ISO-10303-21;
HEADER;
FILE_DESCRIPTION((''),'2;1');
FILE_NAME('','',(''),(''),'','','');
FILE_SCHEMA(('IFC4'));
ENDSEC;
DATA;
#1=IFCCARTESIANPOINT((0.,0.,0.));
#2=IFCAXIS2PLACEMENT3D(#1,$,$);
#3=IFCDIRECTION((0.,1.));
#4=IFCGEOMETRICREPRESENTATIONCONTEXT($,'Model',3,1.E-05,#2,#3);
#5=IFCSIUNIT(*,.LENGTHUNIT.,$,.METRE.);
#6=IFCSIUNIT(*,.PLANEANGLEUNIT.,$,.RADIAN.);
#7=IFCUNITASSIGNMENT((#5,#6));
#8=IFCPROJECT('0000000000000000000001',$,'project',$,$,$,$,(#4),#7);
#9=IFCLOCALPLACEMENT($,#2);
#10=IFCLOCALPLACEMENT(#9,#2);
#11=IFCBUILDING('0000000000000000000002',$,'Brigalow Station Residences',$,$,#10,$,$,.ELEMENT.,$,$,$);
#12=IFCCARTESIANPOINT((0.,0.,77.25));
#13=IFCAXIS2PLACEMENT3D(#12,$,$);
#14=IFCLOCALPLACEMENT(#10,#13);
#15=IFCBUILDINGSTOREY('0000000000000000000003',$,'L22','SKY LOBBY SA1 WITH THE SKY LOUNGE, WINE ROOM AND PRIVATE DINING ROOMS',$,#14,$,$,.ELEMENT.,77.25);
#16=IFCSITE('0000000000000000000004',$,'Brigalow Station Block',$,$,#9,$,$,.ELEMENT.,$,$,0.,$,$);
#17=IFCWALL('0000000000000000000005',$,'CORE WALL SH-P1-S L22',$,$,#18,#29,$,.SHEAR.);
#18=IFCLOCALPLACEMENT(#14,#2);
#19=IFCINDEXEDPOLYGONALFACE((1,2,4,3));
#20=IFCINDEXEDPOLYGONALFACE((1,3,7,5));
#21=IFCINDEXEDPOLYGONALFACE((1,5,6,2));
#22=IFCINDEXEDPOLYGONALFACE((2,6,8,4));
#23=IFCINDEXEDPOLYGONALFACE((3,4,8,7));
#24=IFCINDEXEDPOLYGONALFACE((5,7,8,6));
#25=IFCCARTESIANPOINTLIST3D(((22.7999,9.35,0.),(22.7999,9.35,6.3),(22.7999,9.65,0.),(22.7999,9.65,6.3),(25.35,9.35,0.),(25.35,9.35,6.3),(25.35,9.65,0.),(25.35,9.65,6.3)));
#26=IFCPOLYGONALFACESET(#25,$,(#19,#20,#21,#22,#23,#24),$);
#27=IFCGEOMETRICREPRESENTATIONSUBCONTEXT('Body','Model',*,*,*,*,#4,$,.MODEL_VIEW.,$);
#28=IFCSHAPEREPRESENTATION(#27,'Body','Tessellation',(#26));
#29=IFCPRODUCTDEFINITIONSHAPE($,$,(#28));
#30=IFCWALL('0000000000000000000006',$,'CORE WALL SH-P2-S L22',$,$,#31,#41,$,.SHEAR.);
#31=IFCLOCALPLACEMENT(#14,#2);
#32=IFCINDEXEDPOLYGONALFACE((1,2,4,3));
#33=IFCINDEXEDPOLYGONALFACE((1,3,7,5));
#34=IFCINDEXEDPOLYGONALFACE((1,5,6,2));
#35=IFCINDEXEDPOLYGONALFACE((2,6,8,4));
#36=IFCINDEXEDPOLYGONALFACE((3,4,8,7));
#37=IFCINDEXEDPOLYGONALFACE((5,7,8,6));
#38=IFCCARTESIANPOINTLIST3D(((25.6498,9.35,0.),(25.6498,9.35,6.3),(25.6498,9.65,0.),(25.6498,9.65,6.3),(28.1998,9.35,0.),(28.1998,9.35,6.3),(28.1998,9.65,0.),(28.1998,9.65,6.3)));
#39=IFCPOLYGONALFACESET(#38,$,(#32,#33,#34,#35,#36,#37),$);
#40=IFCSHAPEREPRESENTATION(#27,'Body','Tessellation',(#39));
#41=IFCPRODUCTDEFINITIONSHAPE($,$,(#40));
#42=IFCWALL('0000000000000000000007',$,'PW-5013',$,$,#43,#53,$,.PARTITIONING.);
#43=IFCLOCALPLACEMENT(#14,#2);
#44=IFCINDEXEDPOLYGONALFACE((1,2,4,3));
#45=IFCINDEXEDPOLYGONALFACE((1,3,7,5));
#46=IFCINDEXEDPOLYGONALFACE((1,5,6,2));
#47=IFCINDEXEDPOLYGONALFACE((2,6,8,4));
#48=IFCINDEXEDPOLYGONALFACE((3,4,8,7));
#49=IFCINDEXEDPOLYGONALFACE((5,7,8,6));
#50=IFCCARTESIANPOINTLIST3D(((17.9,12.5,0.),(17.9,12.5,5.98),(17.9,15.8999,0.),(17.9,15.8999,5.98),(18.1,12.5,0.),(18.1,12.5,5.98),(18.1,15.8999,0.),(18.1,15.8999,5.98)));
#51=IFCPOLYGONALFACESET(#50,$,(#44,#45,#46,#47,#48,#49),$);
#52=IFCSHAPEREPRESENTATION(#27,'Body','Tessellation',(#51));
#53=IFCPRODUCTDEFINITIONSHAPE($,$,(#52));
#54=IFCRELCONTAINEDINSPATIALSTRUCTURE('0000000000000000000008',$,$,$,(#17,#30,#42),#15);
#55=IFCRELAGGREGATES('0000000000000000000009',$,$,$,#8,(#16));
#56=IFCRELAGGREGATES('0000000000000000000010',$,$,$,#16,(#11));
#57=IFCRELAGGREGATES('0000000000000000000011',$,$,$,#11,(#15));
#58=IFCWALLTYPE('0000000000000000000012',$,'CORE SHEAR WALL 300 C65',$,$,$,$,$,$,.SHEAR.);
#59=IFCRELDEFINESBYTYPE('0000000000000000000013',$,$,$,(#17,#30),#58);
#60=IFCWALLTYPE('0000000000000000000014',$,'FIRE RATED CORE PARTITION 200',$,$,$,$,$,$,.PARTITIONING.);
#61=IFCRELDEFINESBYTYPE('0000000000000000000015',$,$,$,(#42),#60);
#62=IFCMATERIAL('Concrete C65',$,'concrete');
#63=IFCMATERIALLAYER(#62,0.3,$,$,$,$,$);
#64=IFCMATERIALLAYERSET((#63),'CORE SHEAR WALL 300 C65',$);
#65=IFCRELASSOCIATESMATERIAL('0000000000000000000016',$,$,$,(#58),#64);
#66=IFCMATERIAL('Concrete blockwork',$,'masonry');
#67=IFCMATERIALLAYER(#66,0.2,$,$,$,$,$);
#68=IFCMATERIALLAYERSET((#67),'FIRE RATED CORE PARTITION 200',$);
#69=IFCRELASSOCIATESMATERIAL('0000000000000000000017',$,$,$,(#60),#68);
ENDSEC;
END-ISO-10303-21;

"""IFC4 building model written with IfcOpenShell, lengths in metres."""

from ifc_helpers import new_model, si_unit, direction, frame, frame_2d, origin, place, context, subcontext, project, spatial, rectangle, extrude, material, layer, layer_set, type_object, element, save


model = new_model("IFC4")

# Units and contexts
model_context = context("Model", 3, precision=1e-05, world=origin(), true_north=direction((0.0, 1.0)))
body_context = subcontext(model_context, "Body", "Model", "MODEL_VIEW")
ifc_project = project(units=[si_unit("LENGTHUNIT", "METRE"), si_unit("PLANEANGLEUNIT", "RADIAN")], contexts=[model_context])

# Site, building, storey
site_placement = place(None, origin())
site = spatial("IfcSite", under=ifc_project, at=site_placement, Name="Brigalow Station Block", CompositionType="ELEMENT", RefElevation=0.0)
building_placement = place(site_placement, origin())
building = spatial("IfcBuilding", under=site, at=building_placement, Name="Brigalow Station Residences", CompositionType="ELEMENT")
storey_placement = place(building_placement, frame((0.0, 0.0, 77.25)))
storey = spatial("IfcBuildingStorey", under=building, at=storey_placement, Name="L22", Description="SKY LOBBY SA1 WITH THE SKY LOUNGE, WINE ROOM AND PRIVATE DINING ROOMS", CompositionType="ELEMENT", Elevation=77.25)

# Walls
ifc_material_1 = material(Name="Concrete C65", Category="concrete")
ifc_layer_1 = layer(ifc_material_1, 0.3)
ifc_layer_set_1 = layer_set([ifc_layer_1], Name="CORE SHEAR WALL 300 C65")
wall_type_1 = type_object("IfcWallType", Name="CORE SHEAR WALL 300 C65", PredefinedType="SHEAR", material=ifc_layer_set_1)
for number, where, z_axis, x_axis, name in (
    (1, (22.8, 9.5, 0.0), (0.0, 0.0, 1.0), (1.0, 0.0, 0.0), "CORE WALL SH-P1-S L22"),
    (2, (25.6499, 9.5, 0.0), (0.0, 0.0, 1.0), (1.0, 0.0, 0.0), "CORE WALL SH-P2-S L22"),
):
    element("IfcWall", number, at=place(storey_placement, frame(where, z_axis=z_axis, x_axis=x_axis)), inside=storey, type_object=wall_type_1, Name=name, PredefinedType="SHEAR", context=body_context, shape_type="SweptSolid", body=[
        extrude(rectangle(XDim=2.55, YDim=0.3, at=frame_2d((1.2749, 0.0))), origin(), (0.0, 0.0, 1.0), 6.3),
    ])

# Wall
ifc_material_2 = material(Name="Concrete blockwork", Category="masonry")
ifc_layer_2 = layer(ifc_material_2, 0.2)
ifc_layer_set_2 = layer_set([ifc_layer_2], Name="FIRE RATED CORE PARTITION 200")
wall_type_2 = type_object("IfcWallType", Name="FIRE RATED CORE PARTITION 200", PredefinedType="PARTITIONING", material=ifc_layer_set_2)
wall_1_placement = place(storey_placement, frame((18.0, 12.5, 0.0), z_axis=(0.0, 0.0, 1.0), x_axis=(0.0, 1.0, 0.0)))
element("IfcWall", 3, at=wall_1_placement, inside=storey, type_object=wall_type_2, Name="PW-5013", PredefinedType="PARTITIONING", context=body_context, shape_type="SweptSolid", body=[
    extrude(rectangle(XDim=3.3999, YDim=0.2, at=frame_2d((1.7, 0.0))), origin(), (0.0, 0.0, 1.0), 5.98),
])

save(model, "model.ifc")
